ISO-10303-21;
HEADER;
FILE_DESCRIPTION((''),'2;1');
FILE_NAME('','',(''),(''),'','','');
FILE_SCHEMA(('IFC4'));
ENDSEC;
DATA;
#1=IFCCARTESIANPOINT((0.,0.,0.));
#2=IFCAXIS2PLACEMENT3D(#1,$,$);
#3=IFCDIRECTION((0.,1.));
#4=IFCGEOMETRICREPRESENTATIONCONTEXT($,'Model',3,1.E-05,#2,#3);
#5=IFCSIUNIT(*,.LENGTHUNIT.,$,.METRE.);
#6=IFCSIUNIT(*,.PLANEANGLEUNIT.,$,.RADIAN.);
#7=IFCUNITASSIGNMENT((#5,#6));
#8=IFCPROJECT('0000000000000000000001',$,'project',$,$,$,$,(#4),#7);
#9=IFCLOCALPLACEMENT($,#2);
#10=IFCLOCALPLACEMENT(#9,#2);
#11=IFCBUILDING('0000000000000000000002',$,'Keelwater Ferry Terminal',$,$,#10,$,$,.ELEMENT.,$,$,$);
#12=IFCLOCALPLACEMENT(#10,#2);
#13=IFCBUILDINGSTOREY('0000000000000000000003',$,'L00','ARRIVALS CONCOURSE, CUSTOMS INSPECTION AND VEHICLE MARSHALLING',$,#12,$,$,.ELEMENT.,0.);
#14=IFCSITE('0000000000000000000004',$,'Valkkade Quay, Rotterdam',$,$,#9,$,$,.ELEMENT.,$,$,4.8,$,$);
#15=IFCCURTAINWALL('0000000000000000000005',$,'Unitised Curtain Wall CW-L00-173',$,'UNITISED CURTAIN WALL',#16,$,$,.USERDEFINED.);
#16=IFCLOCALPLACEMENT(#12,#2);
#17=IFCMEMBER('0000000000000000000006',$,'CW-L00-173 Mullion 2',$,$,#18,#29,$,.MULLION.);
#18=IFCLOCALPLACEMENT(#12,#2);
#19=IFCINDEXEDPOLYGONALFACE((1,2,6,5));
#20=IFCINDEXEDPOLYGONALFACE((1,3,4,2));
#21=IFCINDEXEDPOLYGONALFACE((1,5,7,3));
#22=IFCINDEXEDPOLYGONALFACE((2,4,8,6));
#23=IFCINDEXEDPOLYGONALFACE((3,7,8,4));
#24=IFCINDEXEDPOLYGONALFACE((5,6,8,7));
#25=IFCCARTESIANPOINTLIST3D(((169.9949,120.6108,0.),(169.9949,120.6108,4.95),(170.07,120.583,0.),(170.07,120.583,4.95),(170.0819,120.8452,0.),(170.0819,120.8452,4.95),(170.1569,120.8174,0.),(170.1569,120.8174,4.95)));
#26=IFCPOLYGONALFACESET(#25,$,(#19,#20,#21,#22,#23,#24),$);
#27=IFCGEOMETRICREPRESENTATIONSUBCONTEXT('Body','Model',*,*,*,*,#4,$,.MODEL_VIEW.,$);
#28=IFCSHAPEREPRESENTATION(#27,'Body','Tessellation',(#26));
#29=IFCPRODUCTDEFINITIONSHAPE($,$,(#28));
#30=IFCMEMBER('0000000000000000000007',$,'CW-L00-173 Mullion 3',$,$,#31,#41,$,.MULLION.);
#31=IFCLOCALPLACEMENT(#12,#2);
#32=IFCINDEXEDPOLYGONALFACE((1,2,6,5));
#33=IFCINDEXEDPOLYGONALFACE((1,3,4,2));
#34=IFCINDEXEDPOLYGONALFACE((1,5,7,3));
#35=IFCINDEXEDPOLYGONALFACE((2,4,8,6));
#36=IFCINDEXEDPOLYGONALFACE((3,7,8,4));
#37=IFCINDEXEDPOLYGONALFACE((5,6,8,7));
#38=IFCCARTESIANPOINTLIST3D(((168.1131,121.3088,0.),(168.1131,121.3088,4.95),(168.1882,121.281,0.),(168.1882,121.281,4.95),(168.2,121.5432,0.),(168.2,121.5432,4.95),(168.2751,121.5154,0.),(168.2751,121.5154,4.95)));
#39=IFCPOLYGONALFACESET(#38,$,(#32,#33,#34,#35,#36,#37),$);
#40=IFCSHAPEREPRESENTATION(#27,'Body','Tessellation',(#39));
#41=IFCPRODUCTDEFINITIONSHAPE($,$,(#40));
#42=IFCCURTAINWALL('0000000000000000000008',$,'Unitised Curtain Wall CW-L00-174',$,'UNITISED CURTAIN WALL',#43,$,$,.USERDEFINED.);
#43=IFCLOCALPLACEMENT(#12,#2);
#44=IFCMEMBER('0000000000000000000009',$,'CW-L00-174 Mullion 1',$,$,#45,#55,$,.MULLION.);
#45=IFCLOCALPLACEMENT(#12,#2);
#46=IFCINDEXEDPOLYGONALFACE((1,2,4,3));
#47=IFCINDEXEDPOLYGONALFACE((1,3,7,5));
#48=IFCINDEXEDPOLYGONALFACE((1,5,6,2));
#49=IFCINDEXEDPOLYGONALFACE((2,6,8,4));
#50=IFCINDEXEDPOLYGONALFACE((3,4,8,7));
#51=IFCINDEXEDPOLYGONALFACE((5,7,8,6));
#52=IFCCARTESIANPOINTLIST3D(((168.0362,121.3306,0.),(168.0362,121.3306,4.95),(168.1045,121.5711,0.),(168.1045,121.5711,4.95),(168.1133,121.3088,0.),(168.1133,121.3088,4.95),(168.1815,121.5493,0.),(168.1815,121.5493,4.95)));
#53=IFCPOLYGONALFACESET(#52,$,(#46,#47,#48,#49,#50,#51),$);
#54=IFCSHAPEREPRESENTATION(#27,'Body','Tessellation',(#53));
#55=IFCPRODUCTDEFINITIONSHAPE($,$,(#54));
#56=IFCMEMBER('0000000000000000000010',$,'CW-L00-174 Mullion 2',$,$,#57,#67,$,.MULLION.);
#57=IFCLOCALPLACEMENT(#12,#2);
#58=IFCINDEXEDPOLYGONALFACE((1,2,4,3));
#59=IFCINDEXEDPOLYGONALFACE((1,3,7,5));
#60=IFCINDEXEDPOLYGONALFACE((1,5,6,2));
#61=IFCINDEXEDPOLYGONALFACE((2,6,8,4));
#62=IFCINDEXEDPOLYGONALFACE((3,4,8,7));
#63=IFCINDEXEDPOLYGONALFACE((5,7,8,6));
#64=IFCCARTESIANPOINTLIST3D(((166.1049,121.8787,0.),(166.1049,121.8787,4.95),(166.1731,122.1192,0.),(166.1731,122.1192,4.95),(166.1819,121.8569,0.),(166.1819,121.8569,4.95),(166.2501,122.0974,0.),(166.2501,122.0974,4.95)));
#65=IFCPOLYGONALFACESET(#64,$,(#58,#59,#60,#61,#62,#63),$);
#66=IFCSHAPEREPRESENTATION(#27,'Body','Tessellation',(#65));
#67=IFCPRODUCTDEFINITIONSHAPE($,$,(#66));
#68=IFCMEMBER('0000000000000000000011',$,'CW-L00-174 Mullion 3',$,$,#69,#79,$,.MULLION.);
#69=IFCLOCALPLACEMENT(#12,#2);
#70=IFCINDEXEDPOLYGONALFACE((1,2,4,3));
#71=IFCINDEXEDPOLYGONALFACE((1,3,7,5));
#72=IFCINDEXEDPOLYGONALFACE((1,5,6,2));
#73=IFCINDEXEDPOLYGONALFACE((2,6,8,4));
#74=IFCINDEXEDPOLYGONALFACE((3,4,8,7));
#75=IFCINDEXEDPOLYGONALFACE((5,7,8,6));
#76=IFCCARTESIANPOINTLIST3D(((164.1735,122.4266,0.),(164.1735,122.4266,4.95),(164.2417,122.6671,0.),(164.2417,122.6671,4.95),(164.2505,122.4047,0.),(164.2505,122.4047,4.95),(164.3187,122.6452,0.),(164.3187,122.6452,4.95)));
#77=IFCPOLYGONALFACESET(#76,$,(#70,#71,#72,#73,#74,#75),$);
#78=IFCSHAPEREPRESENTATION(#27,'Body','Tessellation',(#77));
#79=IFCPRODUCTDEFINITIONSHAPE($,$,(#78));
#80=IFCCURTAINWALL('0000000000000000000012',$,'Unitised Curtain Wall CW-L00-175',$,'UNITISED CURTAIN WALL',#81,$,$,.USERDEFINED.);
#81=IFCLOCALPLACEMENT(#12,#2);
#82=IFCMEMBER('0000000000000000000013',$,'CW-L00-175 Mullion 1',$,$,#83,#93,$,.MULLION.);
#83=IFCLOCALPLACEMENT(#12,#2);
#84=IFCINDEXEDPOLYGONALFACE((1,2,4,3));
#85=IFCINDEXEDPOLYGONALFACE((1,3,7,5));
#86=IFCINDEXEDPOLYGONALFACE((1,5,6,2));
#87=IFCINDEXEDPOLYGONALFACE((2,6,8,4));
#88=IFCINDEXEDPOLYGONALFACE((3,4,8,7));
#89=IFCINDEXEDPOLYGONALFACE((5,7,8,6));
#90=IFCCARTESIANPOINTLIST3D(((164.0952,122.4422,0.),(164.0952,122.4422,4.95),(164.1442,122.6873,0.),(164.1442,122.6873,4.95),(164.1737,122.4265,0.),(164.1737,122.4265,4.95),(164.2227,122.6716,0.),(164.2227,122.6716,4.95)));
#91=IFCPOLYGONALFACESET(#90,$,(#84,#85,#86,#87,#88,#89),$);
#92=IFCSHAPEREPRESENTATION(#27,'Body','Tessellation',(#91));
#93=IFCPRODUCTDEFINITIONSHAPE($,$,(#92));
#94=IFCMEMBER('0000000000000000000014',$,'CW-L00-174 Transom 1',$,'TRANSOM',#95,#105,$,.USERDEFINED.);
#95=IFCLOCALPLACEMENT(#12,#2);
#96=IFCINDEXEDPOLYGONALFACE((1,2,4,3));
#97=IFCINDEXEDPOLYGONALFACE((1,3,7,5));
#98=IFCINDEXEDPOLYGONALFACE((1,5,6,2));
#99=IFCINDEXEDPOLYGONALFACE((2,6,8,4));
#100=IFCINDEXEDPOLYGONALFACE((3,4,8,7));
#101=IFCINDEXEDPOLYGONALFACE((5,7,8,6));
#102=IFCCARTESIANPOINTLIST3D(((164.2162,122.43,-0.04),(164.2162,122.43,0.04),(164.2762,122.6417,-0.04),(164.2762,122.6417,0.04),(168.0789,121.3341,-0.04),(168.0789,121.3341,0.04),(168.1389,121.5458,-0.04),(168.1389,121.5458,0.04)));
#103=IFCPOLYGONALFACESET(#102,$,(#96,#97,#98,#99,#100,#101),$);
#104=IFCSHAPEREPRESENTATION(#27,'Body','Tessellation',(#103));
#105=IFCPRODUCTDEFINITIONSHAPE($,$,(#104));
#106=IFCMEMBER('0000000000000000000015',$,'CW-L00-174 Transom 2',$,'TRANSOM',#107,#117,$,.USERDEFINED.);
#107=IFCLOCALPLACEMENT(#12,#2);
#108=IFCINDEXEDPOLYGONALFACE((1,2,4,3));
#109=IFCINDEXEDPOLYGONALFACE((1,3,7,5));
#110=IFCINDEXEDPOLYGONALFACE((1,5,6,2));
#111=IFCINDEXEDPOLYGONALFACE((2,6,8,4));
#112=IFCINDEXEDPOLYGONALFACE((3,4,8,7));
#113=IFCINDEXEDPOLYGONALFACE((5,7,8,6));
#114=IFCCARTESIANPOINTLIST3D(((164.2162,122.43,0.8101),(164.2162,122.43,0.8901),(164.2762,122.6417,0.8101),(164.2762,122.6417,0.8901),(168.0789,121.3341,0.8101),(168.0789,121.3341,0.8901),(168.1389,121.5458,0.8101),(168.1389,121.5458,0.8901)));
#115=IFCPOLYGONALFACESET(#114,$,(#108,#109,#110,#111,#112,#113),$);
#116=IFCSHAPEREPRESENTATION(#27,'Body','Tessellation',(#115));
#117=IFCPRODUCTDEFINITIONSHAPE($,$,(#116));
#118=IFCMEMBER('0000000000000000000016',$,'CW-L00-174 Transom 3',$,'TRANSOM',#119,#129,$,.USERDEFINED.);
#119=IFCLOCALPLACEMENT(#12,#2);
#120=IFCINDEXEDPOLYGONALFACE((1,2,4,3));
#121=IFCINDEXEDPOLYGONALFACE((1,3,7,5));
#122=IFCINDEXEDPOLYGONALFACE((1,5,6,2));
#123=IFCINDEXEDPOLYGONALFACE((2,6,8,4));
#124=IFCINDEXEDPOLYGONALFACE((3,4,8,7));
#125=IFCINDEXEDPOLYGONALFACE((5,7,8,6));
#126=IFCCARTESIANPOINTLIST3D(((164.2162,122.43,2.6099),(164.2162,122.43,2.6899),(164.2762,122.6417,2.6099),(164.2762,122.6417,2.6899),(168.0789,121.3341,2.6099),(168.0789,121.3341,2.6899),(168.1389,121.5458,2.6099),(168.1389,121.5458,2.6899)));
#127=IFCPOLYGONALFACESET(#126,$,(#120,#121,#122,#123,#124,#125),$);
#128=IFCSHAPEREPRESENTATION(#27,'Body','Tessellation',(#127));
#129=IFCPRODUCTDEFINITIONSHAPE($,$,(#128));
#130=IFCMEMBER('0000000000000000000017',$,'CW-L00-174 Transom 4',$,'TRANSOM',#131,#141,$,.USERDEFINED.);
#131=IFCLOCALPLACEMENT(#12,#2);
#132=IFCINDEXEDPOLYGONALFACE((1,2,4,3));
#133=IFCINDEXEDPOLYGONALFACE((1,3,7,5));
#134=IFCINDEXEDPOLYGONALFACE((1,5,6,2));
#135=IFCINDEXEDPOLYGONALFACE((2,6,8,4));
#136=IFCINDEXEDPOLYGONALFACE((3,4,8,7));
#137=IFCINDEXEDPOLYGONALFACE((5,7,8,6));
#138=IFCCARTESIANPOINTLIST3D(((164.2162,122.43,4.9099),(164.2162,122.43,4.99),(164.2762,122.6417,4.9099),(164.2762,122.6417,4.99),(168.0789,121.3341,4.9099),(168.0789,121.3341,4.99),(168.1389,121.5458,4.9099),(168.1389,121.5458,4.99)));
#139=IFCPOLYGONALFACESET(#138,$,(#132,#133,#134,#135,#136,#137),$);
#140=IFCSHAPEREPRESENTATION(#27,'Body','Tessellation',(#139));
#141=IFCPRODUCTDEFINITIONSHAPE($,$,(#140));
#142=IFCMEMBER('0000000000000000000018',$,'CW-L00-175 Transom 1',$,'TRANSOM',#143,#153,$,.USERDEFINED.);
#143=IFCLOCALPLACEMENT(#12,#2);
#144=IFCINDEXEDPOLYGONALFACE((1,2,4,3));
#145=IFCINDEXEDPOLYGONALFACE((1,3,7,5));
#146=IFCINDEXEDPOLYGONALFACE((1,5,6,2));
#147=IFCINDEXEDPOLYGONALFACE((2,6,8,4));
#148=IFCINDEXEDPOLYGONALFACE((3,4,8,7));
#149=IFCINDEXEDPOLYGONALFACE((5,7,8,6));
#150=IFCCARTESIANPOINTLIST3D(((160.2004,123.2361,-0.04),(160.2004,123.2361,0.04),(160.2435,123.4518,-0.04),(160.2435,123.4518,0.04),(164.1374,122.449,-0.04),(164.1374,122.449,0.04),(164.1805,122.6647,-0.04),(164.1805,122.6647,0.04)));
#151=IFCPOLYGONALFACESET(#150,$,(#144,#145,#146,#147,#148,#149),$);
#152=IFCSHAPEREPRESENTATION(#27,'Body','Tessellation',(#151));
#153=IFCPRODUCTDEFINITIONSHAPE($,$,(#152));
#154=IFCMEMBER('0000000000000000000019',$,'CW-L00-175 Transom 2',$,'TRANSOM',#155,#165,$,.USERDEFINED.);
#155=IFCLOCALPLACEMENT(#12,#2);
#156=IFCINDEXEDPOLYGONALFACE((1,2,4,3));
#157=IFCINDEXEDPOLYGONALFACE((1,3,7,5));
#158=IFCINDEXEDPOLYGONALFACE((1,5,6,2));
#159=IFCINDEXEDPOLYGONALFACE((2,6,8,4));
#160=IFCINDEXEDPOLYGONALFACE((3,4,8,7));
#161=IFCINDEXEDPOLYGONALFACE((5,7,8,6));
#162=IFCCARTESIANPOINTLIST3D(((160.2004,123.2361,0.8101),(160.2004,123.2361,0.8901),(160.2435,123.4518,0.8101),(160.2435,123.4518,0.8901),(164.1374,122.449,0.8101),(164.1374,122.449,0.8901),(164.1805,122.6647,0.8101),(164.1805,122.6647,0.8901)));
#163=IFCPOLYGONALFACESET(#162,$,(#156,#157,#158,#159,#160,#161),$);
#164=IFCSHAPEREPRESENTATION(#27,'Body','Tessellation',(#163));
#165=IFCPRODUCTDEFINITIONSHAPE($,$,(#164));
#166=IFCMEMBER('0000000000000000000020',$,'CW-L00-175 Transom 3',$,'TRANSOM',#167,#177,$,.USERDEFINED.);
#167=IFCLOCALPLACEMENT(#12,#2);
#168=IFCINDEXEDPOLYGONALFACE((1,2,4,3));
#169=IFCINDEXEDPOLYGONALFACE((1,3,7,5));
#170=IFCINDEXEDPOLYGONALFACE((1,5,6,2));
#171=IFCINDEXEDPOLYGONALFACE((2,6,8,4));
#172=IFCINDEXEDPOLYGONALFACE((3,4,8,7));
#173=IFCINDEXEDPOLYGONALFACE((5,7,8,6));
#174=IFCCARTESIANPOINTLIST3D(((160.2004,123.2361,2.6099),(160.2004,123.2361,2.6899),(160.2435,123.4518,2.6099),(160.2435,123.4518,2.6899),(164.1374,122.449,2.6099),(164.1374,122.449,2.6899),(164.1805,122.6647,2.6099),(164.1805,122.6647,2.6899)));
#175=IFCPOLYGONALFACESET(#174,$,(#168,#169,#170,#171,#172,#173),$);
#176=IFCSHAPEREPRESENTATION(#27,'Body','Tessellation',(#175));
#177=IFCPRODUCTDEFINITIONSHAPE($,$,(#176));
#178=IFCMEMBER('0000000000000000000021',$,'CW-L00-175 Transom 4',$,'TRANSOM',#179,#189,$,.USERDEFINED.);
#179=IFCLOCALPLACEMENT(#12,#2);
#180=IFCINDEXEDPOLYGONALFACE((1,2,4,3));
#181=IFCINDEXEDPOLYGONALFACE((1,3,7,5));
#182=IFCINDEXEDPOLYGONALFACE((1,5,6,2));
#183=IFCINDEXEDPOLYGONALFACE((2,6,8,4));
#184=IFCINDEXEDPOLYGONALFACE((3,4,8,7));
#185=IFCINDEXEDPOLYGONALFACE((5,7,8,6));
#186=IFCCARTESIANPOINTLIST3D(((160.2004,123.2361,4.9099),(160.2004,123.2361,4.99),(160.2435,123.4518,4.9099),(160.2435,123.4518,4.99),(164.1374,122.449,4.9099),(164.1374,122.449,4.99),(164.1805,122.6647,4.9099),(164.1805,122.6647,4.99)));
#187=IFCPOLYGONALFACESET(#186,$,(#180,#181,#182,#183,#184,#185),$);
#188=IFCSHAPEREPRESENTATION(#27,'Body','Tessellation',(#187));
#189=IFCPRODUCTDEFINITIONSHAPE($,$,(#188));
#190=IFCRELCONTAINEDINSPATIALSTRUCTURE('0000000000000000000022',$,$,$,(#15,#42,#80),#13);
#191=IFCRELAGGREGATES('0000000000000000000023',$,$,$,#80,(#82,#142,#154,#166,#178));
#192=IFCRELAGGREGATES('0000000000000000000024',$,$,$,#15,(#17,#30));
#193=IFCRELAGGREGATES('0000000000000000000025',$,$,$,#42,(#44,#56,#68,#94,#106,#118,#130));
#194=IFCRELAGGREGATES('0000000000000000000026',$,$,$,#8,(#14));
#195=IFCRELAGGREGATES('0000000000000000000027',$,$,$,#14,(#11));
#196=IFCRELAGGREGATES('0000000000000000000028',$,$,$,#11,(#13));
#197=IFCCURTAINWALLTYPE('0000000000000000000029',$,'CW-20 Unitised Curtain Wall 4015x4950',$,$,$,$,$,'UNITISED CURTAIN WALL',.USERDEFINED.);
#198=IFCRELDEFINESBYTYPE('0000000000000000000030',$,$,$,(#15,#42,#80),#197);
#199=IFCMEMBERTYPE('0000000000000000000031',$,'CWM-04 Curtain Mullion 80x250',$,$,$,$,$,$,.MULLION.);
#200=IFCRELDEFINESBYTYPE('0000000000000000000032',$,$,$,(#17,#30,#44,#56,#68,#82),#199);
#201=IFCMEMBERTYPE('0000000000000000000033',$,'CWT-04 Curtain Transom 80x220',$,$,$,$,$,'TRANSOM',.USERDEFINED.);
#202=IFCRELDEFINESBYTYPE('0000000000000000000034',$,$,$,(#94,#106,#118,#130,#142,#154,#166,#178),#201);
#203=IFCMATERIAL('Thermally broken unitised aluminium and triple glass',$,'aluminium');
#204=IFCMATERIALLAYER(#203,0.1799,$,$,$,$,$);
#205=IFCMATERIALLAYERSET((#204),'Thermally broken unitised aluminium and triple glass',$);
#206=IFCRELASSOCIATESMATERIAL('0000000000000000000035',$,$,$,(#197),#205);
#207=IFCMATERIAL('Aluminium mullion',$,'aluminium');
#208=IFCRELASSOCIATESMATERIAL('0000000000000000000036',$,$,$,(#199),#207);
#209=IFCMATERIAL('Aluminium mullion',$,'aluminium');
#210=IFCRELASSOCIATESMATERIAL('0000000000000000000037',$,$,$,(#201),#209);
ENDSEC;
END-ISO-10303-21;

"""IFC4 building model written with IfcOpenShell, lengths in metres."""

from ifc_helpers import new_model, si_unit, direction, frame, origin, origin_2d, place, context, subcontext, project, spatial, rectangle, extrude, material, layer, layer_set, material_profile, profile_set, type_object, element, aggregate, save


model = new_model("IFC4")

# Units and contexts
model_context = context("Model", 3, precision=1e-05, world=origin(), true_north=direction((0.0, 1.0)))
body_context = subcontext(model_context, "Body", "Model", "MODEL_VIEW")
ifc_project = project(units=[si_unit("LENGTHUNIT", "METRE"), si_unit("PLANEANGLEUNIT", "RADIAN")], contexts=[model_context])

# Site, building, storey
site_placement = place(None, origin())
site = spatial("IfcSite", under=ifc_project, at=site_placement, Name="Valkkade Quay, Rotterdam", CompositionType="ELEMENT", RefElevation=4.8)
building_placement = place(site_placement, origin())
building = spatial("IfcBuilding", under=site, at=building_placement, Name="Keelwater Ferry Terminal", CompositionType="ELEMENT")
storey_placement = place(building_placement, origin())
storey = spatial("IfcBuildingStorey", under=building, at=storey_placement, Name="L00", Description="ARRIVALS CONCOURSE, CUSTOMS INSPECTION AND VEHICLE MARSHALLING", CompositionType="ELEMENT", Elevation=0.0)

# Curtain walls, members
ifc_material_1 = material(Name="Thermally broken unitised aluminium and triple glass", Category="aluminium")
ifc_layer_1 = layer(ifc_material_1, 0.1799)
ifc_layer_set_1 = layer_set([ifc_layer_1], Name="Thermally broken unitised aluminium and triple glass")
curtain_wall_type = type_object("IfcCurtainWallType", Name="CW-20 Unitised Curtain Wall 4015x4950", ElementType="UNITISED CURTAIN WALL", PredefinedType="USERDEFINED", material=ifc_layer_set_1)
curtain_wall_1_placement = place(storey_placement, origin())
curtain_wall_1 = element("IfcCurtainWall", 1, at=curtain_wall_1_placement, inside=storey, type_object=curtain_wall_type, Name="Unitised Curtain Wall CW-L00-173", ObjectType="UNITISED CURTAIN WALL", PredefinedType="USERDEFINED")
ifc_material_2 = material(Name="Aluminium mullion", Category="aluminium")
ifc_material_profile_1 = material_profile(ifc_material_2, rectangle(XDim=0.0801, YDim=0.25, at=origin_2d()), Name="CWM-04")
ifc_profile_set_1 = profile_set([ifc_material_profile_1], Name="Aluminium mullion")
member_type_1 = type_object("IfcMemberType", Name="CWM-04 Curtain Mullion 80x250", PredefinedType="MULLION", material=ifc_profile_set_1)
member_1_placement = place(storey_placement, frame((170.0759, 120.7141, 0.0), z_axis=(0.0, 0.0, 1.0), x_axis=(-0.937592, 0.347736, 0.0)))
member_1 = element("IfcMember", 2, at=member_1_placement, type_object=member_type_1, Name="CW-L00-173 Mullion 2", PredefinedType="MULLION", context=body_context, shape_type="SweptSolid", body=[
    extrude(rectangle(XDim=0.0801, YDim=0.25, at=origin_2d()), origin(), (0.0, 0.0, 1.0), 4.95),
])
member_2_placement = place(storey_placement, frame((168.1941, 121.4121, 0.0), z_axis=(0.0, 0.0, 1.0), x_axis=(-0.937592, 0.347736, 0.0)))
member_2 = element("IfcMember", 3, at=member_2_placement, type_object=member_type_1, Name="CW-L00-173 Mullion 3", PredefinedType="MULLION", context=body_context, shape_type="SweptSolid", body=[
    extrude(rectangle(XDim=0.0801, YDim=0.25, at=origin_2d()), origin(), (0.0, 0.0, 1.0), 4.95),
])
curtain_wall_2_placement = place(storey_placement, origin())
curtain_wall_2 = element("IfcCurtainWall", 4, at=curtain_wall_2_placement, inside=storey, type_object=curtain_wall_type, Name="Unitised Curtain Wall CW-L00-174", ObjectType="UNITISED CURTAIN WALL", PredefinedType="USERDEFINED")
member_3_placement = place(storey_placement, frame((168.1089, 121.4399, 0.0), z_axis=(0.0, 0.0, 1.0), x_axis=(-0.96203, 0.272945, 0.0)))
member_3 = element("IfcMember", 5, at=member_3_placement, type_object=member_type_1, Name="CW-L00-174 Mullion 1", PredefinedType="MULLION", context=body_context, shape_type="SweptSolid", body=[
    extrude(rectangle(XDim=0.0801, YDim=0.25, at=origin_2d()), origin(), (0.0, 0.0, 1.0), 4.95),
])
member_4_placement = place(storey_placement, frame((166.1775, 121.988, 0.0), z_axis=(0.0, 0.0, 1.0), x_axis=(-0.96203, 0.272945, 0.0)))
member_4 = element("IfcMember", 6, at=member_4_placement, type_object=member_type_1, Name="CW-L00-174 Mullion 2", PredefinedType="MULLION", context=body_context, shape_type="SweptSolid", body=[
    extrude(rectangle(XDim=0.0801, YDim=0.25, at=origin_2d()), origin(), (0.0, 0.0, 1.0), 4.95),
])
member_5_placement = place(storey_placement, frame((164.2461, 122.5359, 0.0), z_axis=(0.0, 0.0, 1.0), x_axis=(-0.96203, 0.272945, 0.0)))
member_5 = element("IfcMember", 7, at=member_5_placement, type_object=member_type_1, Name="CW-L00-174 Mullion 3", PredefinedType="MULLION", context=body_context, shape_type="SweptSolid", body=[
    extrude(rectangle(XDim=0.0801, YDim=0.25, at=origin_2d()), origin(), (0.0, 0.0, 1.0), 4.95),
])

# Curtain wall, member
curtain_wall_3_placement = place(storey_placement, origin())
curtain_wall_3 = element("IfcCurtainWall", 8, at=curtain_wall_3_placement, inside=storey, type_object=curtain_wall_type, Name="Unitised Curtain Wall CW-L00-175", ObjectType="UNITISED CURTAIN WALL", PredefinedType="USERDEFINED")
member_6_placement = place(storey_placement, frame((164.1589, 122.5569, 0.0), z_axis=(0.0, 0.0, 1.0), x_axis=(-0.9806, 0.19602, 0.0)))
member_6 = element("IfcMember", 9, at=member_6_placement, type_object=member_type_1, Name="CW-L00-175 Mullion 1", PredefinedType="MULLION", context=body_context, shape_type="SweptSolid", body=[
    extrude(rectangle(XDim=0.0801, YDim=0.25, at=origin_2d()), origin(), (0.0, 0.0, 1.0), 4.95),
])

# Members
ifc_material_3 = material(Name="Aluminium mullion", Category="aluminium")
ifc_material_profile_2 = material_profile(ifc_material_3, rectangle(XDim=0.22, YDim=0.0801, at=origin_2d()), Name="CWT-04")
ifc_profile_set_2 = profile_set([ifc_material_profile_2], Name="Aluminium mullion")
member_type_2 = type_object("IfcMemberType", Name="CWT-04 Curtain Transom 80x220", ElementType="TRANSOM", PredefinedType="USERDEFINED", material=ifc_profile_set_2)
member_7_placement = place(storey_placement, frame((168.1089, 121.4399, 0.0), z_axis=(-0.962029, 0.272946, 0.0), x_axis=(-0.272946, -0.962029, 0.0)))
member_7 = element("IfcMember", 10, at=member_7_placement, type_object=member_type_2, Name="CW-L00-174 Transom 1", ObjectType="TRANSOM", PredefinedType="USERDEFINED", context=body_context, shape_type="SweptSolid", body=[
    extrude(rectangle(XDim=0.22, YDim=0.0801, at=origin_2d()), origin(), (0.0, 0.0, 1.0), 4.0151),
])
member_8_placement = place(storey_placement, frame((168.1089, 121.4399, 0.8501), z_axis=(-0.962029, 0.272946, 0.0), x_axis=(-0.272946, -0.962029, 0.0)))
member_8 = element("IfcMember", 11, at=member_8_placement, type_object=member_type_2, Name="CW-L00-174 Transom 2", ObjectType="TRANSOM", PredefinedType="USERDEFINED", context=body_context, shape_type="SweptSolid", body=[
    extrude(rectangle(XDim=0.22, YDim=0.0801, at=origin_2d()), origin(), (0.0, 0.0, 1.0), 4.0151),
])
member_9_placement = place(storey_placement, frame((168.1089, 121.4399, 2.6499), z_axis=(-0.962029, 0.272946, 0.0), x_axis=(-0.272946, -0.962029, 0.0)))
member_9 = element("IfcMember", 12, at=member_9_placement, type_object=member_type_2, Name="CW-L00-174 Transom 3", ObjectType="TRANSOM", PredefinedType="USERDEFINED", context=body_context, shape_type="SweptSolid", body=[
    extrude(rectangle(XDim=0.22, YDim=0.0801, at=origin_2d()), origin(), (0.0, 0.0, 1.0), 4.0151),
])
member_10_placement = place(storey_placement, frame((168.1089, 121.4399, 4.95), z_axis=(-0.962029, 0.272946, 0.0), x_axis=(-0.272946, -0.962029, 0.0)))
member_10 = element("IfcMember", 13, at=member_10_placement, type_object=member_type_2, Name="CW-L00-174 Transom 4", ObjectType="TRANSOM", PredefinedType="USERDEFINED", context=body_context, shape_type="SweptSolid", body=[
    extrude(rectangle(XDim=0.22, YDim=0.0801, at=origin_2d()), origin(), (0.0, 0.0, 1.0), 4.0151),
])
member_11_placement = place(storey_placement, frame((164.1589, 122.5569, 0.0), z_axis=(-0.980595, 0.196046, 0.0), x_axis=(-0.196046, -0.980595, 0.0)))
member_11 = element("IfcMember", 14, at=member_11_placement, type_object=member_type_2, Name="CW-L00-175 Transom 1", ObjectType="TRANSOM", PredefinedType="USERDEFINED", context=body_context, shape_type="SweptSolid", body=[
    extrude(rectangle(XDim=0.22, YDim=0.0801, at=origin_2d()), origin(), (0.0, 0.0, 1.0), 4.0149),
])
member_12_placement = place(storey_placement, frame((164.1589, 122.5569, 0.8501), z_axis=(-0.980595, 0.196046, 0.0), x_axis=(-0.196046, -0.980595, 0.0)))
member_12 = element("IfcMember", 15, at=member_12_placement, type_object=member_type_2, Name="CW-L00-175 Transom 2", ObjectType="TRANSOM", PredefinedType="USERDEFINED", context=body_context, shape_type="SweptSolid", body=[
    extrude(rectangle(XDim=0.22, YDim=0.0801, at=origin_2d()), origin(), (0.0, 0.0, 1.0), 4.0149),
])
member_13_placement = place(storey_placement, frame((164.1589, 122.5569, 2.6499), z_axis=(-0.980595, 0.196046, 0.0), x_axis=(-0.196046, -0.980595, 0.0)))
member_13 = element("IfcMember", 16, at=member_13_placement, type_object=member_type_2, Name="CW-L00-175 Transom 3", ObjectType="TRANSOM", PredefinedType="USERDEFINED", context=body_context, shape_type="SweptSolid", body=[
    extrude(rectangle(XDim=0.22, YDim=0.0801, at=origin_2d()), origin(), (0.0, 0.0, 1.0), 4.0149),
])
member_14_placement = place(storey_placement, frame((164.1589, 122.5569, 4.95), z_axis=(-0.980595, 0.196046, 0.0), x_axis=(-0.196046, -0.980595, 0.0)))
member_14 = element("IfcMember", 17, at=member_14_placement, type_object=member_type_2, Name="CW-L00-175 Transom 4", ObjectType="TRANSOM", PredefinedType="USERDEFINED", context=body_context, shape_type="SweptSolid", body=[
    extrude(rectangle(XDim=0.22, YDim=0.0801, at=origin_2d()), origin(), (0.0, 0.0, 1.0), 4.0149),
])
aggregate(curtain_wall_3, [member_6, member_11, member_12, member_13, member_14])

aggregate(curtain_wall_1, [member_1, member_2])
aggregate(curtain_wall_2, [member_3, member_4, member_5, member_7, member_8, member_9, member_10])

save(model, "model.ifc")
